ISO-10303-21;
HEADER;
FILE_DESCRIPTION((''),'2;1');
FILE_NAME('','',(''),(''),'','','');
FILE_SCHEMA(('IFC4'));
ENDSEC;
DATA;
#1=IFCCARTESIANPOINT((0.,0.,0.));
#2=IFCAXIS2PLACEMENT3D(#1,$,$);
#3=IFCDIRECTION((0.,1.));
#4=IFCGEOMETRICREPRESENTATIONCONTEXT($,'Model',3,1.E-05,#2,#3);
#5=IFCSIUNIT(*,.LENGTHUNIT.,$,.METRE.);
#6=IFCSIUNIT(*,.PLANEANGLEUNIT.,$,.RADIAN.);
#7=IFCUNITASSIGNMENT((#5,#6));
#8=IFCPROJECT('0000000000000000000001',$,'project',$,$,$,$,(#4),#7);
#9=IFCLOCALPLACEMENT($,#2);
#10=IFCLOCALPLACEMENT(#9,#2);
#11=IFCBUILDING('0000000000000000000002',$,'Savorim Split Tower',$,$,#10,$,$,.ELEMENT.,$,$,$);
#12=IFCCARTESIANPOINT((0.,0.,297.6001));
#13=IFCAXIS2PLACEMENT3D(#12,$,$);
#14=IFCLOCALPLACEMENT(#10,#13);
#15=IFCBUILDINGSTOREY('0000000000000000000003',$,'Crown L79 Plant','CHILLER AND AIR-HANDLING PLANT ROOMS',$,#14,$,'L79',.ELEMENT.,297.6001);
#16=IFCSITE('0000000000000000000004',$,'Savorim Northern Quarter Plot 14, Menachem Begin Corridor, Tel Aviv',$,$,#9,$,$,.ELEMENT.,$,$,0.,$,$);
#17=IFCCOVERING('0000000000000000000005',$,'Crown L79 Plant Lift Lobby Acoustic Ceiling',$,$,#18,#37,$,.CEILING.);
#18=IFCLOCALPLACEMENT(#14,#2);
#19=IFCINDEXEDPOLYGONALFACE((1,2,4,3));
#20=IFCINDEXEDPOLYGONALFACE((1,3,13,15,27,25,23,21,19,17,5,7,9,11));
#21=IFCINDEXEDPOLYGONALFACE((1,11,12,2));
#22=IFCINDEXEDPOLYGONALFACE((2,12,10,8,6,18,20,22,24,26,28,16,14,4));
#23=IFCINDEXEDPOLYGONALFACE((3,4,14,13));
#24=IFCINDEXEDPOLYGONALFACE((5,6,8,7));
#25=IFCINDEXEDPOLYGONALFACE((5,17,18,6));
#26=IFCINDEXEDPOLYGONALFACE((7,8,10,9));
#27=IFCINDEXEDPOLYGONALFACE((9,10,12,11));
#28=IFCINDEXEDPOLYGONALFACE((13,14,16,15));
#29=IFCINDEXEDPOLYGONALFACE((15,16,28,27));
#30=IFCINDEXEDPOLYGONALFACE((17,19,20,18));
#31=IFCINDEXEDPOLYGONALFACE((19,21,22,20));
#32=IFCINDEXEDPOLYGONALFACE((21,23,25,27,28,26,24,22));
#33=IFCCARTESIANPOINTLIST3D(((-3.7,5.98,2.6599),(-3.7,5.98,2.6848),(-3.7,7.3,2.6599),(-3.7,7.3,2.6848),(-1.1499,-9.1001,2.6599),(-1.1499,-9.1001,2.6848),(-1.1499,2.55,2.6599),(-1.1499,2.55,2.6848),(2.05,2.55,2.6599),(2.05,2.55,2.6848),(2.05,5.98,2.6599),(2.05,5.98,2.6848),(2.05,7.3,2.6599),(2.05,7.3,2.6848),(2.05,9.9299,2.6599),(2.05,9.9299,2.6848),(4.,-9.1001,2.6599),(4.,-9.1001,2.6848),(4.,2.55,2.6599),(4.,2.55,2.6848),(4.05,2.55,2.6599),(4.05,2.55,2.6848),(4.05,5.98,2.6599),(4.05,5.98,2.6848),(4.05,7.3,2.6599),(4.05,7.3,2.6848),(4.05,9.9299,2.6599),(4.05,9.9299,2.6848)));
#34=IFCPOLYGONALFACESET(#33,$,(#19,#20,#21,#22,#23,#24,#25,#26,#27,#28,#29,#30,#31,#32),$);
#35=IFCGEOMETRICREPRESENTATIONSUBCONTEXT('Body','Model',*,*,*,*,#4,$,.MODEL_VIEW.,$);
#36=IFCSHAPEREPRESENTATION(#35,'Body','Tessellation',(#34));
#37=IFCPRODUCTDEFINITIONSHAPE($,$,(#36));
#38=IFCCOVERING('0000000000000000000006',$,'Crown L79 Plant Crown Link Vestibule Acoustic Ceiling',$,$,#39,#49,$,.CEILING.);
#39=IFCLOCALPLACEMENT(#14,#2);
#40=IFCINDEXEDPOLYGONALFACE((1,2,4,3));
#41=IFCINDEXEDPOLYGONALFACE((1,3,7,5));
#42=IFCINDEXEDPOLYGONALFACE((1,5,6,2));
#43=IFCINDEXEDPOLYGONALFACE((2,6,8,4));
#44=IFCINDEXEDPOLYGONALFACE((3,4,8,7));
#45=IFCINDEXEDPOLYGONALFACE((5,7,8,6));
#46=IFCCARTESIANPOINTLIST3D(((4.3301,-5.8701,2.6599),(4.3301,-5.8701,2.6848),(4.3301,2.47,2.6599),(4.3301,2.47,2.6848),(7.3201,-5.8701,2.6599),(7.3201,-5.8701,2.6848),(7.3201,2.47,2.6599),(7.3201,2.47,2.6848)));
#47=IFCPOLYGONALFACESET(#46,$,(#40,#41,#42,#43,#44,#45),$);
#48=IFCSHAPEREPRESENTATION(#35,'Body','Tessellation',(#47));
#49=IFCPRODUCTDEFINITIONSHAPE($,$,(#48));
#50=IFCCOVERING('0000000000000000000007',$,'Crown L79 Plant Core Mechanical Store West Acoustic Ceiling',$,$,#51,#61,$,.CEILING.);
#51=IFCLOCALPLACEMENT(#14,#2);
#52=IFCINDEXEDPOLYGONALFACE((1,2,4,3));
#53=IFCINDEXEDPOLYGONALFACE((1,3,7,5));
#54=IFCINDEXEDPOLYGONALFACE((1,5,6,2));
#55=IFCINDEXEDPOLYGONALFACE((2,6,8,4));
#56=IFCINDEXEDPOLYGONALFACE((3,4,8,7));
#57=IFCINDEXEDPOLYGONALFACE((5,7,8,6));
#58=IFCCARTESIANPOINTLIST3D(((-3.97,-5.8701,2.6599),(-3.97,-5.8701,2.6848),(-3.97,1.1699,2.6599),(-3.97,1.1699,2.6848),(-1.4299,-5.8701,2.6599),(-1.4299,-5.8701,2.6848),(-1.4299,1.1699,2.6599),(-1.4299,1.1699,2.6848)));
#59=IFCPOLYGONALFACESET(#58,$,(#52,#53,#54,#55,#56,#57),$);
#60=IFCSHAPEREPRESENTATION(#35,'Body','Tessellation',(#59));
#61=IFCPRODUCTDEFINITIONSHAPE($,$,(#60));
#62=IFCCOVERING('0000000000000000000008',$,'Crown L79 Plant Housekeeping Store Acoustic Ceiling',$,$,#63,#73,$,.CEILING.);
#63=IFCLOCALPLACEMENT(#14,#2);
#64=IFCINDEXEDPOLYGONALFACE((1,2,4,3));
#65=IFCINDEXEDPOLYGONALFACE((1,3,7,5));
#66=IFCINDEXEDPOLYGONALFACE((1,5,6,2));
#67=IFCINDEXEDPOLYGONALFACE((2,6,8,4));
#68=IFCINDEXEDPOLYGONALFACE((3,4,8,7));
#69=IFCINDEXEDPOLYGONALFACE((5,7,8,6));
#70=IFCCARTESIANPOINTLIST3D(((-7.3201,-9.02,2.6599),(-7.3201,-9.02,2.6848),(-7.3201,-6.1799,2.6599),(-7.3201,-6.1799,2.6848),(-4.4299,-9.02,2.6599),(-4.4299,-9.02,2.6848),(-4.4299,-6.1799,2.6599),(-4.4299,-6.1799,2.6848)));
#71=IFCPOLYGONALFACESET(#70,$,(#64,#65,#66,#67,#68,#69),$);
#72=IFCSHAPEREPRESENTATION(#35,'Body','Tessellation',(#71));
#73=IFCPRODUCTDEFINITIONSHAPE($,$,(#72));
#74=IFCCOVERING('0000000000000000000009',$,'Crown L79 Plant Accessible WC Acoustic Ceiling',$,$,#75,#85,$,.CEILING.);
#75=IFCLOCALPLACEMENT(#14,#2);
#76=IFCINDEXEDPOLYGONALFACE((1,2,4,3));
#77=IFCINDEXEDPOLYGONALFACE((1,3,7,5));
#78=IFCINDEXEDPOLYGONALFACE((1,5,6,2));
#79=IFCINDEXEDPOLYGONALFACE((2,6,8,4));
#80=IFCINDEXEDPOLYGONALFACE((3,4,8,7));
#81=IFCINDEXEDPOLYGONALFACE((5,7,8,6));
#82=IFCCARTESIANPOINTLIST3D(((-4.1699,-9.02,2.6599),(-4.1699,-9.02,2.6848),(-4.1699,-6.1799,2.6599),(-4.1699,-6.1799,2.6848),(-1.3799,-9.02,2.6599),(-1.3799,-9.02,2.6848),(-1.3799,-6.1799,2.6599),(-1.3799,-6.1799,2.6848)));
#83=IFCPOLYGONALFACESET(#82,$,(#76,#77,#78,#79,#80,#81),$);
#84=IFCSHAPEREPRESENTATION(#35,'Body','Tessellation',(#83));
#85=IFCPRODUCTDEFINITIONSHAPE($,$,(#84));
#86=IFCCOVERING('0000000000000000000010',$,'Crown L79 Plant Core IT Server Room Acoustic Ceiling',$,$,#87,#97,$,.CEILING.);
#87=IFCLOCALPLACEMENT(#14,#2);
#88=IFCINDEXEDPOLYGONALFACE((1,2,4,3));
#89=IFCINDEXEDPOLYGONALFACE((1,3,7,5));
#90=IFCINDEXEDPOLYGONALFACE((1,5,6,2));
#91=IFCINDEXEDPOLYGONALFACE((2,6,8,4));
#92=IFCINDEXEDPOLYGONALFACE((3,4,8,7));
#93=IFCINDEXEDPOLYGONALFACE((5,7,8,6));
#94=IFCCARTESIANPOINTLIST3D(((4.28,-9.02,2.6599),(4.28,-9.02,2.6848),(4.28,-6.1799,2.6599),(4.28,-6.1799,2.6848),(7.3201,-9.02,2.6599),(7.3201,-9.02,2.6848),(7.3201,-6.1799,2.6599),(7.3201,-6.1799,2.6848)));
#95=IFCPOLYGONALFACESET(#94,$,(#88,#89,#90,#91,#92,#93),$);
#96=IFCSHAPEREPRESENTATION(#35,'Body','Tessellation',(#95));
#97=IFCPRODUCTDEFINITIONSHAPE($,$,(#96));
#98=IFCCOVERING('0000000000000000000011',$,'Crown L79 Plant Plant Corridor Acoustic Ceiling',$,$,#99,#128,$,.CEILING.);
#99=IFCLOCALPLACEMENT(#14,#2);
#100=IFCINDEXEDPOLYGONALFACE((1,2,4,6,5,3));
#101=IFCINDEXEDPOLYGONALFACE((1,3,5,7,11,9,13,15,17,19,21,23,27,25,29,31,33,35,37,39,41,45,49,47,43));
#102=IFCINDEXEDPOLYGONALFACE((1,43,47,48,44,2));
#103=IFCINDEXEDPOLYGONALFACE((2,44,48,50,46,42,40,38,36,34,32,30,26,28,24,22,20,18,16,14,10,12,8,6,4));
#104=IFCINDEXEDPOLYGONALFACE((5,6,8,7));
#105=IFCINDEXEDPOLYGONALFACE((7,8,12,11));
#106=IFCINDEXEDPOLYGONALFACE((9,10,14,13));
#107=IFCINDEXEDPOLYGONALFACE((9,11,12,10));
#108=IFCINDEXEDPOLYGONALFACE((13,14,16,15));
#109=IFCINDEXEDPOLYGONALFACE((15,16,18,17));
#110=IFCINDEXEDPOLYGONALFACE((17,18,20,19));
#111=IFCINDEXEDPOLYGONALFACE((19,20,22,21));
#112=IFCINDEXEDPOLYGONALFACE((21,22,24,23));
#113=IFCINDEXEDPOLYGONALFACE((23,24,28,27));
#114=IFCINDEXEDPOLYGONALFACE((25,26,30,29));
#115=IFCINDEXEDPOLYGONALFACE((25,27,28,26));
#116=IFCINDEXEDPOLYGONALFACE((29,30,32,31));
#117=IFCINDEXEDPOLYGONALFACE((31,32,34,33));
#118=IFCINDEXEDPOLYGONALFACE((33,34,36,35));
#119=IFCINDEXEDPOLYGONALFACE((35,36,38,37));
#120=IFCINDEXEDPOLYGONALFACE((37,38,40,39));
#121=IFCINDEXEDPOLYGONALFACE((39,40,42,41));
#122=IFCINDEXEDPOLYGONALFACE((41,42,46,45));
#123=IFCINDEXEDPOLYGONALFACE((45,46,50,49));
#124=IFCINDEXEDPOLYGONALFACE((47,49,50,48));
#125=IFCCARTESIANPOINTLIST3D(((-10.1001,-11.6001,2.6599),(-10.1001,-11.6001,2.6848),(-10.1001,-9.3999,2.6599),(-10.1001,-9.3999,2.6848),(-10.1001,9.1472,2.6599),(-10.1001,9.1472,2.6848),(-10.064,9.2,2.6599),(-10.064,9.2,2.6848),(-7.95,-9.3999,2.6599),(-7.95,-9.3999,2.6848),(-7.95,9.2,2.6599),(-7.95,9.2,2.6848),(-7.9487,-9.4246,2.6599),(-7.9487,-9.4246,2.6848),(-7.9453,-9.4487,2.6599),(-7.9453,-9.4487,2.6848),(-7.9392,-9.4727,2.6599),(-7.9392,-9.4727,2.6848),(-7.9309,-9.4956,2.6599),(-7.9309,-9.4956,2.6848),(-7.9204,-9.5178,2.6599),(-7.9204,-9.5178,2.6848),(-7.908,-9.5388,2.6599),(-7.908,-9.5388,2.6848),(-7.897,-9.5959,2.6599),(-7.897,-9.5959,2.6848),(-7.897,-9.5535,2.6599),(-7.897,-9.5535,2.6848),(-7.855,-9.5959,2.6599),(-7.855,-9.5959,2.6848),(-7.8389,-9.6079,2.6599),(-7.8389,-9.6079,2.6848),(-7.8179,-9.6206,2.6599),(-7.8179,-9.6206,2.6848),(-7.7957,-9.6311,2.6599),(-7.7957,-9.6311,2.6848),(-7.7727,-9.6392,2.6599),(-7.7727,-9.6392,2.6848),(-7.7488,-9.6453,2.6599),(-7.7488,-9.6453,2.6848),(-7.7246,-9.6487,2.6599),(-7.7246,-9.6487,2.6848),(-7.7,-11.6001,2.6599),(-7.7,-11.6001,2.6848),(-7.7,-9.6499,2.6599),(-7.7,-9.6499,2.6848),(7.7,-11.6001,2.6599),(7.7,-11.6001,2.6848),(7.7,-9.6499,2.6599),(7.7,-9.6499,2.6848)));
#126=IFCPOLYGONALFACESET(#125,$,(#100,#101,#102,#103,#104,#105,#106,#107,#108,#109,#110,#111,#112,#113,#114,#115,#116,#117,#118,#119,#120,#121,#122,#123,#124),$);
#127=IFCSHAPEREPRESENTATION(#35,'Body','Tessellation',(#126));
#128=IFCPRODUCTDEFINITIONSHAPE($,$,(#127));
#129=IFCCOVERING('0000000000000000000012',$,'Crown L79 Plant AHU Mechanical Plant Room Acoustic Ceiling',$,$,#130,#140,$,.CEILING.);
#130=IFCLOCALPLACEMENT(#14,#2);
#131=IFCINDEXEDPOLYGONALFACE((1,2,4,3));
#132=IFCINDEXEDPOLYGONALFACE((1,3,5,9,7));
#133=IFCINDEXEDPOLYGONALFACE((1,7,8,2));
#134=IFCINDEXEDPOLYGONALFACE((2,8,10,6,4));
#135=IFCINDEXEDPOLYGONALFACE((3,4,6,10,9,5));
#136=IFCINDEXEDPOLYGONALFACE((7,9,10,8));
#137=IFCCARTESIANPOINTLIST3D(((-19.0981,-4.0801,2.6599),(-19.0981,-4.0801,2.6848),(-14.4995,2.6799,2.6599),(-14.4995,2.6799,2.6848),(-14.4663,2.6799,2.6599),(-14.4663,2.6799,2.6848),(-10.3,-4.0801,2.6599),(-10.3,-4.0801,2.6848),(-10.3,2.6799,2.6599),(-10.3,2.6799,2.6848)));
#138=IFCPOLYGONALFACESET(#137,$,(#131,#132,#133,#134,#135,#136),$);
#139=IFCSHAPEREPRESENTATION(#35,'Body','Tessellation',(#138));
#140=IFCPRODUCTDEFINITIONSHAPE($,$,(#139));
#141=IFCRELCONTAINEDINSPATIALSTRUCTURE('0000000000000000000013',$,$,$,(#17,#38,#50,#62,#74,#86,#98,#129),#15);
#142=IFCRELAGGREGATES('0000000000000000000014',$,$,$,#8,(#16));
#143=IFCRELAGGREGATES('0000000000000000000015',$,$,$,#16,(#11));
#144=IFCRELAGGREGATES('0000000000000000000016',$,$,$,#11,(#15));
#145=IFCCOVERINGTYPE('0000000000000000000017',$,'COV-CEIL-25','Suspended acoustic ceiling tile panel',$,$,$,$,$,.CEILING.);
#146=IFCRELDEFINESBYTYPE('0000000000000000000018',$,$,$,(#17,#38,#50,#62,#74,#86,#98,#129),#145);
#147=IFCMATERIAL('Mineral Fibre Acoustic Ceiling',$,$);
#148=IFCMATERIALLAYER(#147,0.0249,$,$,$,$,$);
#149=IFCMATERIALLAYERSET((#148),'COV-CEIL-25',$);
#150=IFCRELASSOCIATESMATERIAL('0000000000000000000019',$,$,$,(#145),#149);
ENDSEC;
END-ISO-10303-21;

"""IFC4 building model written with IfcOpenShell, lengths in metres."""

from ifc_helpers import new_model, si_unit, direction, frame, origin, place, context, subcontext, project, spatial, polyline, outline, extrude, material, layer, layer_set, type_object, element, save


model = new_model("IFC4")

# Units and contexts
model_context = context("Model", 3, precision=1e-05, world=origin(), true_north=direction((0.0, 1.0)))
body_context = subcontext(model_context, "Body", "Model", "MODEL_VIEW")
ifc_project = project(units=[si_unit("LENGTHUNIT", "METRE"), si_unit("PLANEANGLEUNIT", "RADIAN")], contexts=[model_context])

# Site, building, storey
site_placement = place(None, origin())
site = spatial("IfcSite", under=ifc_project, at=site_placement, Name="Savorim Northern Quarter Plot 14, Menachem Begin Corridor, Tel Aviv", CompositionType="ELEMENT", RefElevation=0.0)
building_placement = place(site_placement, origin())
building = spatial("IfcBuilding", under=site, at=building_placement, Name="Savorim Split Tower", CompositionType="ELEMENT")
storey_placement = place(building_placement, frame((0.0, 0.0, 297.6001)))
storey = spatial("IfcBuildingStorey", under=building, at=storey_placement, Name="Crown L79 Plant", Description="CHILLER AND AIR-HANDLING PLANT ROOMS", LongName="L79", CompositionType="ELEMENT", Elevation=297.6001)

# Coverings
ifc_material_1 = material(Name="Mineral Fibre Acoustic Ceiling")
ifc_layer_1 = layer(ifc_material_1, 0.0249)
ifc_layer_set_1 = layer_set([ifc_layer_1], Name="COV-CEIL-25")
covering_type_1 = type_object("IfcCoveringType", Name="COV-CEIL-25", Description="Suspended acoustic ceiling tile panel", PredefinedType="CEILING", material=ifc_layer_set_1)
covering_1_placement = place(storey_placement, frame((0.0, 0.0, 2.6599)))
element("IfcCovering", 1, at=covering_1_placement, inside=storey, type_object=covering_type_1, Name="Crown L79 Plant Lift Lobby Acoustic Ceiling", PredefinedType="CEILING", context=body_context, shape_type="SweptSolid", body=[
    extrude(outline(polyline([(2.05, 2.55), (-1.1499, 2.55), (-1.1499, -9.1001), (4.0, -9.1001), (4.0, 2.55), (4.05, 2.55), (4.05, 5.98), (4.05, 7.3), (4.05, 9.9299), (2.05, 9.9299), (2.05, 7.3), (-3.7, 7.3), (-3.7, 5.98), (2.05, 5.98), (2.05, 2.55)])), origin(), (0.0, 0.0, 1.0), 0.0249),
])
covering_2_placement = place(storey_placement, frame((0.0, 0.0, 2.6599)))
element("IfcCovering", 2, at=covering_2_placement, inside=storey, type_object=covering_type_1, Name="Crown L79 Plant Crown Link Vestibule Acoustic Ceiling", PredefinedType="CEILING", context=body_context, shape_type="SweptSolid", body=[
    extrude(outline(polyline([(4.3301, 2.47), (4.3301, -5.8701), (7.3201, -5.8701), (7.3201, 2.47), (4.3301, 2.47)])), origin(), (0.0, 0.0, 1.0), 0.0249),
])
covering_3_placement = place(storey_placement, frame((0.0, 0.0, 2.6599)))
element("IfcCovering", 3, at=covering_3_placement, inside=storey, type_object=covering_type_1, Name="Crown L79 Plant Core Mechanical Store West Acoustic Ceiling", PredefinedType="CEILING", context=body_context, shape_type="SweptSolid", body=[
    extrude(outline(polyline([(-3.97, 1.1699), (-3.97, -5.8701), (-1.4299, -5.8701), (-1.4299, 1.1699), (-3.97, 1.1699)])), origin(), (0.0, 0.0, 1.0), 0.0249),
])
covering_4_placement = place(storey_placement, frame((0.0, 0.0, 2.6599)))
element("IfcCovering", 4, at=covering_4_placement, inside=storey, type_object=covering_type_1, Name="Crown L79 Plant Housekeeping Store Acoustic Ceiling", PredefinedType="CEILING", context=body_context, shape_type="SweptSolid", body=[
    extrude(outline(polyline([(-7.3201, -6.1799), (-7.3201, -9.02), (-4.4299, -9.02), (-4.4299, -6.1799), (-7.3201, -6.1799)])), origin(), (0.0, 0.0, 1.0), 0.0249),
])
covering_5_placement = place(storey_placement, frame((0.0, 0.0, 2.6599)))
element("IfcCovering", 5, at=covering_5_placement, inside=storey, type_object=covering_type_1, Name="Crown L79 Plant Accessible WC Acoustic Ceiling", PredefinedType="CEILING", context=body_context, shape_type="SweptSolid", body=[
    extrude(outline(polyline([(-4.1699, -6.1799), (-4.1699, -9.02), (-1.3799, -9.02), (-1.3799, -6.1799), (-4.1699, -6.1799)])), origin(), (0.0, 0.0, 1.0), 0.0249),
])
covering_6_placement = place(storey_placement, frame((0.0, 0.0, 2.6599)))
element("IfcCovering", 6, at=covering_6_placement, inside=storey, type_object=covering_type_1, Name="Crown L79 Plant Core IT Server Room Acoustic Ceiling", PredefinedType="CEILING", context=body_context, shape_type="SweptSolid", body=[
    extrude(outline(polyline([(4.28, -6.1799), (4.28, -9.02), (7.3201, -9.02), (7.3201, -6.1799), (4.28, -6.1799)])), origin(), (0.0, 0.0, 1.0), 0.0249),
])
covering_7_placement = place(storey_placement, frame((0.0, 0.0, 2.6599)))
element("IfcCovering", 7, at=covering_7_placement, inside=storey, type_object=covering_type_1, Name="Crown L79 Plant Plant Corridor Acoustic Ceiling", PredefinedType="CEILING", context=body_context, shape_type="SweptSolid", body=[
    extrude(outline(polyline([(-10.1001, -11.6001), (-7.7, -11.6001), (7.7, -11.6001), (7.7, -9.6499), (-7.7, -9.6499), (-7.7246, -9.6487), (-7.7488, -9.6453), (-7.7727, -9.6392), (-7.7957, -9.6311), (-7.8179, -9.6206), (-7.8389, -9.6079), (-7.855, -9.5959), (-7.897, -9.5959), (-7.897, -9.5535), (-7.908, -9.5388), (-7.9204, -9.5178), (-7.9309, -9.4956), (-7.9392, -9.4727), (-7.9453, -9.4487), (-7.9487, -9.4246), (-7.95, -9.3999), (-7.95, 9.2), (-10.064, 9.2), (-10.1001, 9.1472), (-10.1001, -9.3999), (-10.1001, -11.6001)])), origin(), (0.0, 0.0, 1.0), 0.0249),
])
covering_8_placement = place(storey_placement, frame((0.0, 0.0, 2.6599)))
element("IfcCovering", 8, at=covering_8_placement, inside=storey, type_object=covering_type_1, Name="Crown L79 Plant AHU Mechanical Plant Room Acoustic Ceiling", PredefinedType="CEILING", context=body_context, shape_type="SweptSolid", body=[
    extrude(outline(polyline([(-10.3, 2.6799), (-14.4663, 2.6799), (-14.4995, 2.6799), (-19.0981, -4.0801), (-10.3, -4.0801), (-10.3, 2.6799)])), origin(), (0.0, 0.0, 1.0), 0.0249),
])

save(model, "model.ifc")
